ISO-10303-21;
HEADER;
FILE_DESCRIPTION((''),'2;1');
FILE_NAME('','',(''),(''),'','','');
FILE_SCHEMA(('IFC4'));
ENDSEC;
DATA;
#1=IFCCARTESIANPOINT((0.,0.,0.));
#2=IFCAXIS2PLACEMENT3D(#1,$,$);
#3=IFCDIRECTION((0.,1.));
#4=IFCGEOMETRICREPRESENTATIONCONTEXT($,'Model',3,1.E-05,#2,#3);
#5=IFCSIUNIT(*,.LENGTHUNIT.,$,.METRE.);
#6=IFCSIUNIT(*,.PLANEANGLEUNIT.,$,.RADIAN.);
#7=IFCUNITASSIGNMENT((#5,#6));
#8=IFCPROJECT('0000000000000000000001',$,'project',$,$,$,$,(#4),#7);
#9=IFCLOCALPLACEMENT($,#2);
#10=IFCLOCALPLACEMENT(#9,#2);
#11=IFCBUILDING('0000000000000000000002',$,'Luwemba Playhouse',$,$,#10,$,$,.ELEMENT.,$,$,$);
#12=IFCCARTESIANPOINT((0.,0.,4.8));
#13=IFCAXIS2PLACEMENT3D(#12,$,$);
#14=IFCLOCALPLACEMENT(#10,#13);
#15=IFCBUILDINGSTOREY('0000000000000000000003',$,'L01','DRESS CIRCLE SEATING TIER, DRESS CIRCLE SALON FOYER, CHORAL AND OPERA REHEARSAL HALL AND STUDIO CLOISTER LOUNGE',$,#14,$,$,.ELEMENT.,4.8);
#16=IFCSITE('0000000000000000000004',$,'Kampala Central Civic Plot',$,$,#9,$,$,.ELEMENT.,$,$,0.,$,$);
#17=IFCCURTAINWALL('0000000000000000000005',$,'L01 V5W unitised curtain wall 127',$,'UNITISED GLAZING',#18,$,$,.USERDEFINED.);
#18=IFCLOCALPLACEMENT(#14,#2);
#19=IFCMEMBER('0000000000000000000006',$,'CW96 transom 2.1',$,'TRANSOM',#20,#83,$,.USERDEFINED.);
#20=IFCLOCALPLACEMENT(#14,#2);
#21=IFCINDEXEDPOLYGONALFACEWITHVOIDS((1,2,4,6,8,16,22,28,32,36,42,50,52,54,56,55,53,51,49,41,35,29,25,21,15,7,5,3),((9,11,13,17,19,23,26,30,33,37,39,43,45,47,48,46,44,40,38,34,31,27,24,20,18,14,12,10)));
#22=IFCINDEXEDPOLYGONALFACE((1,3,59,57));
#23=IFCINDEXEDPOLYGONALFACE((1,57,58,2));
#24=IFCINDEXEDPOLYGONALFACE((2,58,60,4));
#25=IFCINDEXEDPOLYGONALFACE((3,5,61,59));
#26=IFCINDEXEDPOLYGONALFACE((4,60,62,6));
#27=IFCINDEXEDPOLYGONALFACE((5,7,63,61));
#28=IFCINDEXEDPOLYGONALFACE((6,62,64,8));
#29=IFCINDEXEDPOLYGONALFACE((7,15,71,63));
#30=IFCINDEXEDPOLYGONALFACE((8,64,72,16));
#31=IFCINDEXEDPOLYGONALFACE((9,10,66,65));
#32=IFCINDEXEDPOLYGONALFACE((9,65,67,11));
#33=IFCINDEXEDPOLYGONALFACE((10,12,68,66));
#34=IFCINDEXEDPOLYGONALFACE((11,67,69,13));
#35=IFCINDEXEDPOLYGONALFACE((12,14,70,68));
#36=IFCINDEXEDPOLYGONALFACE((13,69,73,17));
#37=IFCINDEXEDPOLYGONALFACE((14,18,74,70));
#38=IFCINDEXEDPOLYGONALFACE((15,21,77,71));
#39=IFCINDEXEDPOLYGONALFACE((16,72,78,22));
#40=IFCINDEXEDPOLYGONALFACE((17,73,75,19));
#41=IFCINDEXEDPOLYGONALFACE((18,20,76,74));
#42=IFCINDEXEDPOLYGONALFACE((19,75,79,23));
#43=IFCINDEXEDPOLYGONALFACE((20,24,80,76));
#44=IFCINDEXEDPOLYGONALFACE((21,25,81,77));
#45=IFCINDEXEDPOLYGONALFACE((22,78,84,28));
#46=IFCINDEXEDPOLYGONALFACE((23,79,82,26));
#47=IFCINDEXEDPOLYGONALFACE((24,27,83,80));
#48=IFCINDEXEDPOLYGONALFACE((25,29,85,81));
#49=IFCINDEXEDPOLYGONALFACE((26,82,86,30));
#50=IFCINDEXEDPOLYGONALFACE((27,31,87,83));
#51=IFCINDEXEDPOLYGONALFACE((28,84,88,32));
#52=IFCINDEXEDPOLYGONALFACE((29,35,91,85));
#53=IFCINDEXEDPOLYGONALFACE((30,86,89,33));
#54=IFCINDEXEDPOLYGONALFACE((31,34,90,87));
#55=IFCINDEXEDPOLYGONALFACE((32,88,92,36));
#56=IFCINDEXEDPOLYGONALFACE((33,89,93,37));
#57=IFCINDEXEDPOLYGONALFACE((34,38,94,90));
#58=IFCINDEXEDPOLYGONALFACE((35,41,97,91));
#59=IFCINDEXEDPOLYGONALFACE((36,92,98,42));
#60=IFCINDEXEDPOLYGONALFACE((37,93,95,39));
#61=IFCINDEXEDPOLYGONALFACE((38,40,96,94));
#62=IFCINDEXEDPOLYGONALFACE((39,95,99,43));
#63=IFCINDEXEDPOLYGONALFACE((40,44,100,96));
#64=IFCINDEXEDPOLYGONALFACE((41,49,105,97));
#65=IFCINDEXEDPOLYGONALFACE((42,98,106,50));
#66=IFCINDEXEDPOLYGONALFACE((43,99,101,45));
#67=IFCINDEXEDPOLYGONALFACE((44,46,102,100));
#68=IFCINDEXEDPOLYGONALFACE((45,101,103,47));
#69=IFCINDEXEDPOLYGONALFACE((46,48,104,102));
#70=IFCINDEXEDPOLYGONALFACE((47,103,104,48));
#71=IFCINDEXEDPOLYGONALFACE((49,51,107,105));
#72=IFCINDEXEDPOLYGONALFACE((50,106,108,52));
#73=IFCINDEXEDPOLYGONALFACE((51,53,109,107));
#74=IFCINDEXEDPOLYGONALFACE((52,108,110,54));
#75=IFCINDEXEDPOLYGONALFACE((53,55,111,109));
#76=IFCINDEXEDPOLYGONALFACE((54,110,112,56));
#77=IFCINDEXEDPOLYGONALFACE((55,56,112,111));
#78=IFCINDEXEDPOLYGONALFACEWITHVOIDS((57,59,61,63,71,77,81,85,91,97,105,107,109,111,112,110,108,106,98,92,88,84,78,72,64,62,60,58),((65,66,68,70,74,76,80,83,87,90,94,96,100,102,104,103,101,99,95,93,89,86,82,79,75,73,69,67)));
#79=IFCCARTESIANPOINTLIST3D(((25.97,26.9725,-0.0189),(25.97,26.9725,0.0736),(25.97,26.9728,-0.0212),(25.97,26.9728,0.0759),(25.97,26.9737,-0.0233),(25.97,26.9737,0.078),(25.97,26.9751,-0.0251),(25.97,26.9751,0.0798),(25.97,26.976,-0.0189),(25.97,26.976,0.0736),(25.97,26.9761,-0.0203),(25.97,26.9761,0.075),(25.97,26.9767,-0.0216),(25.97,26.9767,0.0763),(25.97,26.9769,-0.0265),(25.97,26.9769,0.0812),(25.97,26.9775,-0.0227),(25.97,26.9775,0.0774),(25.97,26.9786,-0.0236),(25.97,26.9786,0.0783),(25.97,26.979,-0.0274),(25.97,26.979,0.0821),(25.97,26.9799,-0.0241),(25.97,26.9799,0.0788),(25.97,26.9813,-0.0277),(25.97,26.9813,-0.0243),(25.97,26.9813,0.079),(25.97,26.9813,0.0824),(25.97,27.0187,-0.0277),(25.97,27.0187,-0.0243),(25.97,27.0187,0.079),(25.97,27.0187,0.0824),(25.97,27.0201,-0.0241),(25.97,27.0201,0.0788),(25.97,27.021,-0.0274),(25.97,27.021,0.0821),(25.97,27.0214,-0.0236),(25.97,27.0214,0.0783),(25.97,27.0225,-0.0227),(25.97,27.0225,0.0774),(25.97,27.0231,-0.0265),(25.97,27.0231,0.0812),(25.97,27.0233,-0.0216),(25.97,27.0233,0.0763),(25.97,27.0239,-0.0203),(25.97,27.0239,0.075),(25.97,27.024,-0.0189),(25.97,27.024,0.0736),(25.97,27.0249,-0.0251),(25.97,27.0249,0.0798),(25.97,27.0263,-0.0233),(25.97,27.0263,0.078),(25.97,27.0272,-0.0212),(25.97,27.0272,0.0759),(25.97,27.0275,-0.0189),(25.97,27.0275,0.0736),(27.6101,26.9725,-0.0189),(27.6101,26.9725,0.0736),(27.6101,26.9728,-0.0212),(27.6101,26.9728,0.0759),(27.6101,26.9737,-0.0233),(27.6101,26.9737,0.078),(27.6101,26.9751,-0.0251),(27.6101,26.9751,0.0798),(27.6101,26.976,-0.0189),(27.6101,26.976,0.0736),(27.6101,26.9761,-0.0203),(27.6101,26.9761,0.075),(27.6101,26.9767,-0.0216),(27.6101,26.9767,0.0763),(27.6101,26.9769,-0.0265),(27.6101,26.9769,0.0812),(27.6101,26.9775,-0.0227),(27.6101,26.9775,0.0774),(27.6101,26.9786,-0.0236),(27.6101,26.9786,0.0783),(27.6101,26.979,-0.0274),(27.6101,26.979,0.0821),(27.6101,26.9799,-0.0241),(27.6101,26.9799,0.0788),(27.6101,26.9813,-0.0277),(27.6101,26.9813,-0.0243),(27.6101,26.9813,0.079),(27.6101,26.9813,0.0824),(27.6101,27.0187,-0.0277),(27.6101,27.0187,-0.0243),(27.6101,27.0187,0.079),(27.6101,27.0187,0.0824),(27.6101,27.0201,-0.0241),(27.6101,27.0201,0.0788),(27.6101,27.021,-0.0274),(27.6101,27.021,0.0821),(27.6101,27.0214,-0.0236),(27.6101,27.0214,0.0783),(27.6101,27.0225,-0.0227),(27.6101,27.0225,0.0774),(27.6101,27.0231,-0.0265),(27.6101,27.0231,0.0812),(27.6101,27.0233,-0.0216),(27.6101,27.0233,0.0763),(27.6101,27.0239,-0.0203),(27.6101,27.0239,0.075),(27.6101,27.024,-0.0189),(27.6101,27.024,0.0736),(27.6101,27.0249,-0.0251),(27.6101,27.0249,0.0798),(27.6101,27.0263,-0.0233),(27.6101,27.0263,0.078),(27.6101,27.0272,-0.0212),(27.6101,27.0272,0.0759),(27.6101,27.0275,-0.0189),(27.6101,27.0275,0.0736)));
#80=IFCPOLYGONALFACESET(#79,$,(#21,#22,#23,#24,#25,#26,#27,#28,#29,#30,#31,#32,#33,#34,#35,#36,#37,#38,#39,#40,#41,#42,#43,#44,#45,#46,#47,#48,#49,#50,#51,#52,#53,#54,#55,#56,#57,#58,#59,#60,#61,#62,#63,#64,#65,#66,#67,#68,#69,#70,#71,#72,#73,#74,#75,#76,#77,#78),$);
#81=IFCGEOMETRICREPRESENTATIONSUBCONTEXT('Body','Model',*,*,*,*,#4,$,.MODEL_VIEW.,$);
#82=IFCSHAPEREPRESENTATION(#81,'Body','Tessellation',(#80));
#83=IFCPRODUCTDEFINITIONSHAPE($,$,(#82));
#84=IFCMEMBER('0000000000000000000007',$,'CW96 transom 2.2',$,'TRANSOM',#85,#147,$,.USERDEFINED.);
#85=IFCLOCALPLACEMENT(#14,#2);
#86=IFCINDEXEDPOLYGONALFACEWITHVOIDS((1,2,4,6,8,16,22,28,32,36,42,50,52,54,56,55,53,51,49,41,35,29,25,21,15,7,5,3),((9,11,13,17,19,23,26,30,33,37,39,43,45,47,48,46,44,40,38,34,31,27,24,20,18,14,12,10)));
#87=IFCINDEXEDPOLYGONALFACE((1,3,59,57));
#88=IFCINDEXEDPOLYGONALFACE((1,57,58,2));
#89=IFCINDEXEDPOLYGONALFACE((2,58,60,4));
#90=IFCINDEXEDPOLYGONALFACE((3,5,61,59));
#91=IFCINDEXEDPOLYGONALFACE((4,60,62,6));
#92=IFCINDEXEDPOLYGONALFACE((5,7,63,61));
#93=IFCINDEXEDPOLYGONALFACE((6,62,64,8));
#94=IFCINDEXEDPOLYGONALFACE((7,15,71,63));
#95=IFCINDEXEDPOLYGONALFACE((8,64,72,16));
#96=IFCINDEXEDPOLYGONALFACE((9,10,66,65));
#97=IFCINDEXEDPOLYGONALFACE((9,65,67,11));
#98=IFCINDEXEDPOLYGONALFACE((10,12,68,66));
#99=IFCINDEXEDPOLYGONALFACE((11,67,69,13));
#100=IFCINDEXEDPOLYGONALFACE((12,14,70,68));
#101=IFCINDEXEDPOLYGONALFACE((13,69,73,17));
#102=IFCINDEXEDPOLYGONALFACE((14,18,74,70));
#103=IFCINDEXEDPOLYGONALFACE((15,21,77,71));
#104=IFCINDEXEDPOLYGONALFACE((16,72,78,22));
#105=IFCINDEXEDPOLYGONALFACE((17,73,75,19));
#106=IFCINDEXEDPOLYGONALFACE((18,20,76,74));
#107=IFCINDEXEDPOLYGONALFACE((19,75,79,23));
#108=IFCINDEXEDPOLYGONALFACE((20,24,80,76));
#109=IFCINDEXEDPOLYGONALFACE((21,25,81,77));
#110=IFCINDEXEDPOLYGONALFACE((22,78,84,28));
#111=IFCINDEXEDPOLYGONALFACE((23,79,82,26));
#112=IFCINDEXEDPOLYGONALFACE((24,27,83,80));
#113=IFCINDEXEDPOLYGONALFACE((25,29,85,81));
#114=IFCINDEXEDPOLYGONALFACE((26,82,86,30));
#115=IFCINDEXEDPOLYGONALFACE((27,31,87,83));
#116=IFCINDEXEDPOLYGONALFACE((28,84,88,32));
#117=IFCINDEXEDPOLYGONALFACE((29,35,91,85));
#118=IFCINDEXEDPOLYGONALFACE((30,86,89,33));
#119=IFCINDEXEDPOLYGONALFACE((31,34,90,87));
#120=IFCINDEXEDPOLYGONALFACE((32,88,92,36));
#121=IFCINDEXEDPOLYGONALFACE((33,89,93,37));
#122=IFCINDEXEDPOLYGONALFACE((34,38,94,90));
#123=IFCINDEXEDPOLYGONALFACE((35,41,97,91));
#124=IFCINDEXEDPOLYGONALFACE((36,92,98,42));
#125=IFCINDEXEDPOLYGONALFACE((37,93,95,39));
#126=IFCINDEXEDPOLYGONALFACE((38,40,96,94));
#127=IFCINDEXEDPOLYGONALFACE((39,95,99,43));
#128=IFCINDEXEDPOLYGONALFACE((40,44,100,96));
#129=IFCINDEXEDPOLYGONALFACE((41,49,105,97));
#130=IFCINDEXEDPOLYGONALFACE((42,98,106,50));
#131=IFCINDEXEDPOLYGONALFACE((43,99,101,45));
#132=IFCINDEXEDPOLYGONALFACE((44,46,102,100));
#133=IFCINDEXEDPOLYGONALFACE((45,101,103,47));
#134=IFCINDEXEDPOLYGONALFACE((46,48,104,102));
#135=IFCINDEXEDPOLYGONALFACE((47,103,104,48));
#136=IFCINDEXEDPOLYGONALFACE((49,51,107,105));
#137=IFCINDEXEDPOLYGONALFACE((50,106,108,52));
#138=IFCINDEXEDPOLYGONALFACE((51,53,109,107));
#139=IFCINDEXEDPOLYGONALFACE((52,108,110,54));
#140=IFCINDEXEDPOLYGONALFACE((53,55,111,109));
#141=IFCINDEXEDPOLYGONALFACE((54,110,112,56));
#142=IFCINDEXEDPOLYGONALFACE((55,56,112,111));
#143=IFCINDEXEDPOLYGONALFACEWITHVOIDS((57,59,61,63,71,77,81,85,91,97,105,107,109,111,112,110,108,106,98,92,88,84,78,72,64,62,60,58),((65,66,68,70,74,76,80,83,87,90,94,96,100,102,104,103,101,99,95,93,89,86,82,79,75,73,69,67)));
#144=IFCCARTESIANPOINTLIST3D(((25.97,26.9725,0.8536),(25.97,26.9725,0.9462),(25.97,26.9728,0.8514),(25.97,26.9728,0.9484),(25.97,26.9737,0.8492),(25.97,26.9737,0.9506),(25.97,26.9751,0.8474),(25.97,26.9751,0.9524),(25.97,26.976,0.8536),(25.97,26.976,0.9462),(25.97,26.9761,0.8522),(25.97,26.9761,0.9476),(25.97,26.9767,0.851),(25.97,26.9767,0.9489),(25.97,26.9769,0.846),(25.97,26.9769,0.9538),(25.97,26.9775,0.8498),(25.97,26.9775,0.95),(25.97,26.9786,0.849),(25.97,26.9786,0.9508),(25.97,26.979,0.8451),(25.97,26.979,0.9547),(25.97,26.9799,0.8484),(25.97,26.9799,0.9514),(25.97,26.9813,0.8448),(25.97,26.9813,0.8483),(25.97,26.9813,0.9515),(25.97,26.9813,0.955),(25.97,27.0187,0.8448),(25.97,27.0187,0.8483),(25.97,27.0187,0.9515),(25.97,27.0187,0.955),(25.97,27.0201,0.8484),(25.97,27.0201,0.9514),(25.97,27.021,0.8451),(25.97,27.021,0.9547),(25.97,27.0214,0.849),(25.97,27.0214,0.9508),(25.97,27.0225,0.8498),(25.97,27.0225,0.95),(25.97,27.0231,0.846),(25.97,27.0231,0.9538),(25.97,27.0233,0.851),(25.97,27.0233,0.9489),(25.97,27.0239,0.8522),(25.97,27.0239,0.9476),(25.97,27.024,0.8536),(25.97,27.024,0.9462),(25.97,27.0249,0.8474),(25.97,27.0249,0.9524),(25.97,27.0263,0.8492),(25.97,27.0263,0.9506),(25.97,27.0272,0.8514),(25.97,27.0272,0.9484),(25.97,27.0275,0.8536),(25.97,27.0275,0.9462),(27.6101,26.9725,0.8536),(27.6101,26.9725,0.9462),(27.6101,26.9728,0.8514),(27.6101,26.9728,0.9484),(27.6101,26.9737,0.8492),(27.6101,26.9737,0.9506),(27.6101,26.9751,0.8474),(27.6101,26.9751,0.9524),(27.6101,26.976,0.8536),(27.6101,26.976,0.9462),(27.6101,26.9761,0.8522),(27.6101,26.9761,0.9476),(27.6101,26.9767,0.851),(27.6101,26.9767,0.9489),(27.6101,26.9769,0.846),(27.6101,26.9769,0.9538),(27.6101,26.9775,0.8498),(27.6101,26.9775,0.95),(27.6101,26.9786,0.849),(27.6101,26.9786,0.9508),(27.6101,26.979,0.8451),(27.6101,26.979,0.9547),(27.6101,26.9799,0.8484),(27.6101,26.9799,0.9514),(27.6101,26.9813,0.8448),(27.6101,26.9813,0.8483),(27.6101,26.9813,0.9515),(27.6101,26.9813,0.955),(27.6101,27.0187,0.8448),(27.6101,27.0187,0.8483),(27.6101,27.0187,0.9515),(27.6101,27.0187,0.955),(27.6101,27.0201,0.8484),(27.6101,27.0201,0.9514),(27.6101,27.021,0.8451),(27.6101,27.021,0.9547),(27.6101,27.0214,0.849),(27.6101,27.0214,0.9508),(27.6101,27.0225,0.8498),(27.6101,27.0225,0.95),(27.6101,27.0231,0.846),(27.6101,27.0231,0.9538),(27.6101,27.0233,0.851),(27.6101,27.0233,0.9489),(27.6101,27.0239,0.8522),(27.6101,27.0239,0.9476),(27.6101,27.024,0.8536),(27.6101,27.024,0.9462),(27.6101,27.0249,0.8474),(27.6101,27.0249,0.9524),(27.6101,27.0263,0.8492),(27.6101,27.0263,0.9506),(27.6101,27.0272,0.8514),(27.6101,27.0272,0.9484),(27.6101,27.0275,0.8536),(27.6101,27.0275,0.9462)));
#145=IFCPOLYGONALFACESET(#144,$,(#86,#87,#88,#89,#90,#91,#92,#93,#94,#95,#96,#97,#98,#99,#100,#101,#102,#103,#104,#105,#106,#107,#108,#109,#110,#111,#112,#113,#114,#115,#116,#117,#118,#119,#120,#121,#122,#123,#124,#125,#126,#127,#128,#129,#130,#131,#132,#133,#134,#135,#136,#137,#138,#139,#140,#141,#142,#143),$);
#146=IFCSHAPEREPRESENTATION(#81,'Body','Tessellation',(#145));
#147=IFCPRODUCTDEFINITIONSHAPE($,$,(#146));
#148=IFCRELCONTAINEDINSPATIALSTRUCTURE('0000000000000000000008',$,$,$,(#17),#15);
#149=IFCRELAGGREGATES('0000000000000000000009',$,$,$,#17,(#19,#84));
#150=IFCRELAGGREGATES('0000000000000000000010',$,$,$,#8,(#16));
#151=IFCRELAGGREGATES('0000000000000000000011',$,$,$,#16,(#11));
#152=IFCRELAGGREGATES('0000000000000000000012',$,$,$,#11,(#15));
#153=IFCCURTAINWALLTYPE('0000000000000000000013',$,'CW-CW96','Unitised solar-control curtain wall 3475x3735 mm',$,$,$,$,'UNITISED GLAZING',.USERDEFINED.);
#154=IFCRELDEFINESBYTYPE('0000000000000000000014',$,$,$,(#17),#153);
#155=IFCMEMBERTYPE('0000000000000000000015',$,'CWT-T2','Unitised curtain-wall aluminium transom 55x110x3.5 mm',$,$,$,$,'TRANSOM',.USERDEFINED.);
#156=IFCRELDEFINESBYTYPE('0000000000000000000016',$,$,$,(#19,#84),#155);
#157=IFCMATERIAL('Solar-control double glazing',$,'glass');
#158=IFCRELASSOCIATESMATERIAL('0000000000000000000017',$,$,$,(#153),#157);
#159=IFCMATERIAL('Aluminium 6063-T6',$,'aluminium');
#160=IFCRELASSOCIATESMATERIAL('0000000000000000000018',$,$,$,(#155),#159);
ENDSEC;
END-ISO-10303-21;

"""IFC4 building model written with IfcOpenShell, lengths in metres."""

from ifc_helpers import new_model, si_unit, direction, frame, origin, origin_2d, place, context, subcontext, project, spatial, hollow_rectangle, extrude, material, material_profile, profile_set, type_object, element, aggregate, save


model = new_model("IFC4")

# Units and contexts
model_context = context("Model", 3, precision=1e-05, world=origin(), true_north=direction((0.0, 1.0)))
body_context = subcontext(model_context, "Body", "Model", "MODEL_VIEW")
ifc_project = project(units=[si_unit("LENGTHUNIT", "METRE"), si_unit("PLANEANGLEUNIT", "RADIAN")], contexts=[model_context])

# Site, building, storey
site_placement = place(None, origin())
site = spatial("IfcSite", under=ifc_project, at=site_placement, Name="Kampala Central Civic Plot", CompositionType="ELEMENT", RefElevation=0.0)
building_placement = place(site_placement, origin())
building = spatial("IfcBuilding", under=site, at=building_placement, Name="Luwemba Playhouse", CompositionType="ELEMENT")
storey_placement = place(building_placement, frame((0.0, 0.0, 4.8)))
storey = spatial("IfcBuildingStorey", under=building, at=storey_placement, Name="L01", Description="DRESS CIRCLE SEATING TIER, DRESS CIRCLE SALON FOYER, CHORAL AND OPERA REHEARSAL HALL AND STUDIO CLOISTER LOUNGE", CompositionType="ELEMENT", Elevation=4.8)

# Curtain wall
ifc_material_1 = material(Name="Solar-control double glazing", Category="glass")
ifc_material_2 = material(Name="Aluminium 6063-T6", Category="aluminium")
curtain_wall_type_1 = type_object("IfcCurtainWallType", Name="CW-CW96", Description="Unitised solar-control curtain wall 3475x3735 mm", ElementType="UNITISED GLAZING", PredefinedType="USERDEFINED", material=ifc_material_1)
curtain_wall_1_placement = place(storey_placement, origin())
curtain_wall_1 = element("IfcCurtainWall", 1, at=curtain_wall_1_placement, inside=storey, type_object=curtain_wall_type_1, Name="L01 V5W unitised curtain wall 127", ObjectType="UNITISED GLAZING", PredefinedType="USERDEFINED")

# Members
ifc_material_profile_1 = material_profile(ifc_material_2, hollow_rectangle(XDim=0.0549, YDim=0.1101, WallThickness=0.0034, InnerFilletRadius=0.0054, OuterFilletRadius=0.0088, at=origin_2d()))
ifc_profile_set_1 = profile_set([ifc_material_profile_1], Name="Aluminium 6063-T6")
member_type_1 = type_object("IfcMemberType", Name="CWT-T2", Description="Unitised curtain-wall aluminium transom 55x110x3.5 mm", ElementType="TRANSOM", PredefinedType="USERDEFINED", material=ifc_profile_set_1)
member_1_placement = place(storey_placement, frame((25.97, 27.0, 0.0273), z_axis=(1.0, 0.0, 0.0), x_axis=(0.0, 1.0, 0.0)))
member_1 = element("IfcMember", 2, at=member_1_placement, type_object=member_type_1, Name="CW96 transom 2.1", ObjectType="TRANSOM", PredefinedType="USERDEFINED", context=body_context, shape_type="SweptSolid", body=[
    extrude(hollow_rectangle(XDim=0.0549, YDim=0.1101, WallThickness=0.0034, InnerFilletRadius=0.0054, OuterFilletRadius=0.0088, at=origin_2d()), origin(), (0.0, 0.0, 1.0), 1.6401),
])
member_2_placement = place(storey_placement, frame((25.97, 27.0, 0.8999), z_axis=(1.0, 0.0, 0.0), x_axis=(0.0, 1.0, 0.0)))
member_2 = element("IfcMember", 3, at=member_2_placement, type_object=member_type_1, Name="CW96 transom 2.2", ObjectType="TRANSOM", PredefinedType="USERDEFINED", context=body_context, shape_type="SweptSolid", body=[
    extrude(hollow_rectangle(XDim=0.0549, YDim=0.1101, WallThickness=0.0034, InnerFilletRadius=0.0054, OuterFilletRadius=0.0088, at=origin_2d()), origin(), (0.0, 0.0, 1.0), 1.6401),
])

aggregate(curtain_wall_1, [member_1, member_2])

save(model, "model.ifc")
